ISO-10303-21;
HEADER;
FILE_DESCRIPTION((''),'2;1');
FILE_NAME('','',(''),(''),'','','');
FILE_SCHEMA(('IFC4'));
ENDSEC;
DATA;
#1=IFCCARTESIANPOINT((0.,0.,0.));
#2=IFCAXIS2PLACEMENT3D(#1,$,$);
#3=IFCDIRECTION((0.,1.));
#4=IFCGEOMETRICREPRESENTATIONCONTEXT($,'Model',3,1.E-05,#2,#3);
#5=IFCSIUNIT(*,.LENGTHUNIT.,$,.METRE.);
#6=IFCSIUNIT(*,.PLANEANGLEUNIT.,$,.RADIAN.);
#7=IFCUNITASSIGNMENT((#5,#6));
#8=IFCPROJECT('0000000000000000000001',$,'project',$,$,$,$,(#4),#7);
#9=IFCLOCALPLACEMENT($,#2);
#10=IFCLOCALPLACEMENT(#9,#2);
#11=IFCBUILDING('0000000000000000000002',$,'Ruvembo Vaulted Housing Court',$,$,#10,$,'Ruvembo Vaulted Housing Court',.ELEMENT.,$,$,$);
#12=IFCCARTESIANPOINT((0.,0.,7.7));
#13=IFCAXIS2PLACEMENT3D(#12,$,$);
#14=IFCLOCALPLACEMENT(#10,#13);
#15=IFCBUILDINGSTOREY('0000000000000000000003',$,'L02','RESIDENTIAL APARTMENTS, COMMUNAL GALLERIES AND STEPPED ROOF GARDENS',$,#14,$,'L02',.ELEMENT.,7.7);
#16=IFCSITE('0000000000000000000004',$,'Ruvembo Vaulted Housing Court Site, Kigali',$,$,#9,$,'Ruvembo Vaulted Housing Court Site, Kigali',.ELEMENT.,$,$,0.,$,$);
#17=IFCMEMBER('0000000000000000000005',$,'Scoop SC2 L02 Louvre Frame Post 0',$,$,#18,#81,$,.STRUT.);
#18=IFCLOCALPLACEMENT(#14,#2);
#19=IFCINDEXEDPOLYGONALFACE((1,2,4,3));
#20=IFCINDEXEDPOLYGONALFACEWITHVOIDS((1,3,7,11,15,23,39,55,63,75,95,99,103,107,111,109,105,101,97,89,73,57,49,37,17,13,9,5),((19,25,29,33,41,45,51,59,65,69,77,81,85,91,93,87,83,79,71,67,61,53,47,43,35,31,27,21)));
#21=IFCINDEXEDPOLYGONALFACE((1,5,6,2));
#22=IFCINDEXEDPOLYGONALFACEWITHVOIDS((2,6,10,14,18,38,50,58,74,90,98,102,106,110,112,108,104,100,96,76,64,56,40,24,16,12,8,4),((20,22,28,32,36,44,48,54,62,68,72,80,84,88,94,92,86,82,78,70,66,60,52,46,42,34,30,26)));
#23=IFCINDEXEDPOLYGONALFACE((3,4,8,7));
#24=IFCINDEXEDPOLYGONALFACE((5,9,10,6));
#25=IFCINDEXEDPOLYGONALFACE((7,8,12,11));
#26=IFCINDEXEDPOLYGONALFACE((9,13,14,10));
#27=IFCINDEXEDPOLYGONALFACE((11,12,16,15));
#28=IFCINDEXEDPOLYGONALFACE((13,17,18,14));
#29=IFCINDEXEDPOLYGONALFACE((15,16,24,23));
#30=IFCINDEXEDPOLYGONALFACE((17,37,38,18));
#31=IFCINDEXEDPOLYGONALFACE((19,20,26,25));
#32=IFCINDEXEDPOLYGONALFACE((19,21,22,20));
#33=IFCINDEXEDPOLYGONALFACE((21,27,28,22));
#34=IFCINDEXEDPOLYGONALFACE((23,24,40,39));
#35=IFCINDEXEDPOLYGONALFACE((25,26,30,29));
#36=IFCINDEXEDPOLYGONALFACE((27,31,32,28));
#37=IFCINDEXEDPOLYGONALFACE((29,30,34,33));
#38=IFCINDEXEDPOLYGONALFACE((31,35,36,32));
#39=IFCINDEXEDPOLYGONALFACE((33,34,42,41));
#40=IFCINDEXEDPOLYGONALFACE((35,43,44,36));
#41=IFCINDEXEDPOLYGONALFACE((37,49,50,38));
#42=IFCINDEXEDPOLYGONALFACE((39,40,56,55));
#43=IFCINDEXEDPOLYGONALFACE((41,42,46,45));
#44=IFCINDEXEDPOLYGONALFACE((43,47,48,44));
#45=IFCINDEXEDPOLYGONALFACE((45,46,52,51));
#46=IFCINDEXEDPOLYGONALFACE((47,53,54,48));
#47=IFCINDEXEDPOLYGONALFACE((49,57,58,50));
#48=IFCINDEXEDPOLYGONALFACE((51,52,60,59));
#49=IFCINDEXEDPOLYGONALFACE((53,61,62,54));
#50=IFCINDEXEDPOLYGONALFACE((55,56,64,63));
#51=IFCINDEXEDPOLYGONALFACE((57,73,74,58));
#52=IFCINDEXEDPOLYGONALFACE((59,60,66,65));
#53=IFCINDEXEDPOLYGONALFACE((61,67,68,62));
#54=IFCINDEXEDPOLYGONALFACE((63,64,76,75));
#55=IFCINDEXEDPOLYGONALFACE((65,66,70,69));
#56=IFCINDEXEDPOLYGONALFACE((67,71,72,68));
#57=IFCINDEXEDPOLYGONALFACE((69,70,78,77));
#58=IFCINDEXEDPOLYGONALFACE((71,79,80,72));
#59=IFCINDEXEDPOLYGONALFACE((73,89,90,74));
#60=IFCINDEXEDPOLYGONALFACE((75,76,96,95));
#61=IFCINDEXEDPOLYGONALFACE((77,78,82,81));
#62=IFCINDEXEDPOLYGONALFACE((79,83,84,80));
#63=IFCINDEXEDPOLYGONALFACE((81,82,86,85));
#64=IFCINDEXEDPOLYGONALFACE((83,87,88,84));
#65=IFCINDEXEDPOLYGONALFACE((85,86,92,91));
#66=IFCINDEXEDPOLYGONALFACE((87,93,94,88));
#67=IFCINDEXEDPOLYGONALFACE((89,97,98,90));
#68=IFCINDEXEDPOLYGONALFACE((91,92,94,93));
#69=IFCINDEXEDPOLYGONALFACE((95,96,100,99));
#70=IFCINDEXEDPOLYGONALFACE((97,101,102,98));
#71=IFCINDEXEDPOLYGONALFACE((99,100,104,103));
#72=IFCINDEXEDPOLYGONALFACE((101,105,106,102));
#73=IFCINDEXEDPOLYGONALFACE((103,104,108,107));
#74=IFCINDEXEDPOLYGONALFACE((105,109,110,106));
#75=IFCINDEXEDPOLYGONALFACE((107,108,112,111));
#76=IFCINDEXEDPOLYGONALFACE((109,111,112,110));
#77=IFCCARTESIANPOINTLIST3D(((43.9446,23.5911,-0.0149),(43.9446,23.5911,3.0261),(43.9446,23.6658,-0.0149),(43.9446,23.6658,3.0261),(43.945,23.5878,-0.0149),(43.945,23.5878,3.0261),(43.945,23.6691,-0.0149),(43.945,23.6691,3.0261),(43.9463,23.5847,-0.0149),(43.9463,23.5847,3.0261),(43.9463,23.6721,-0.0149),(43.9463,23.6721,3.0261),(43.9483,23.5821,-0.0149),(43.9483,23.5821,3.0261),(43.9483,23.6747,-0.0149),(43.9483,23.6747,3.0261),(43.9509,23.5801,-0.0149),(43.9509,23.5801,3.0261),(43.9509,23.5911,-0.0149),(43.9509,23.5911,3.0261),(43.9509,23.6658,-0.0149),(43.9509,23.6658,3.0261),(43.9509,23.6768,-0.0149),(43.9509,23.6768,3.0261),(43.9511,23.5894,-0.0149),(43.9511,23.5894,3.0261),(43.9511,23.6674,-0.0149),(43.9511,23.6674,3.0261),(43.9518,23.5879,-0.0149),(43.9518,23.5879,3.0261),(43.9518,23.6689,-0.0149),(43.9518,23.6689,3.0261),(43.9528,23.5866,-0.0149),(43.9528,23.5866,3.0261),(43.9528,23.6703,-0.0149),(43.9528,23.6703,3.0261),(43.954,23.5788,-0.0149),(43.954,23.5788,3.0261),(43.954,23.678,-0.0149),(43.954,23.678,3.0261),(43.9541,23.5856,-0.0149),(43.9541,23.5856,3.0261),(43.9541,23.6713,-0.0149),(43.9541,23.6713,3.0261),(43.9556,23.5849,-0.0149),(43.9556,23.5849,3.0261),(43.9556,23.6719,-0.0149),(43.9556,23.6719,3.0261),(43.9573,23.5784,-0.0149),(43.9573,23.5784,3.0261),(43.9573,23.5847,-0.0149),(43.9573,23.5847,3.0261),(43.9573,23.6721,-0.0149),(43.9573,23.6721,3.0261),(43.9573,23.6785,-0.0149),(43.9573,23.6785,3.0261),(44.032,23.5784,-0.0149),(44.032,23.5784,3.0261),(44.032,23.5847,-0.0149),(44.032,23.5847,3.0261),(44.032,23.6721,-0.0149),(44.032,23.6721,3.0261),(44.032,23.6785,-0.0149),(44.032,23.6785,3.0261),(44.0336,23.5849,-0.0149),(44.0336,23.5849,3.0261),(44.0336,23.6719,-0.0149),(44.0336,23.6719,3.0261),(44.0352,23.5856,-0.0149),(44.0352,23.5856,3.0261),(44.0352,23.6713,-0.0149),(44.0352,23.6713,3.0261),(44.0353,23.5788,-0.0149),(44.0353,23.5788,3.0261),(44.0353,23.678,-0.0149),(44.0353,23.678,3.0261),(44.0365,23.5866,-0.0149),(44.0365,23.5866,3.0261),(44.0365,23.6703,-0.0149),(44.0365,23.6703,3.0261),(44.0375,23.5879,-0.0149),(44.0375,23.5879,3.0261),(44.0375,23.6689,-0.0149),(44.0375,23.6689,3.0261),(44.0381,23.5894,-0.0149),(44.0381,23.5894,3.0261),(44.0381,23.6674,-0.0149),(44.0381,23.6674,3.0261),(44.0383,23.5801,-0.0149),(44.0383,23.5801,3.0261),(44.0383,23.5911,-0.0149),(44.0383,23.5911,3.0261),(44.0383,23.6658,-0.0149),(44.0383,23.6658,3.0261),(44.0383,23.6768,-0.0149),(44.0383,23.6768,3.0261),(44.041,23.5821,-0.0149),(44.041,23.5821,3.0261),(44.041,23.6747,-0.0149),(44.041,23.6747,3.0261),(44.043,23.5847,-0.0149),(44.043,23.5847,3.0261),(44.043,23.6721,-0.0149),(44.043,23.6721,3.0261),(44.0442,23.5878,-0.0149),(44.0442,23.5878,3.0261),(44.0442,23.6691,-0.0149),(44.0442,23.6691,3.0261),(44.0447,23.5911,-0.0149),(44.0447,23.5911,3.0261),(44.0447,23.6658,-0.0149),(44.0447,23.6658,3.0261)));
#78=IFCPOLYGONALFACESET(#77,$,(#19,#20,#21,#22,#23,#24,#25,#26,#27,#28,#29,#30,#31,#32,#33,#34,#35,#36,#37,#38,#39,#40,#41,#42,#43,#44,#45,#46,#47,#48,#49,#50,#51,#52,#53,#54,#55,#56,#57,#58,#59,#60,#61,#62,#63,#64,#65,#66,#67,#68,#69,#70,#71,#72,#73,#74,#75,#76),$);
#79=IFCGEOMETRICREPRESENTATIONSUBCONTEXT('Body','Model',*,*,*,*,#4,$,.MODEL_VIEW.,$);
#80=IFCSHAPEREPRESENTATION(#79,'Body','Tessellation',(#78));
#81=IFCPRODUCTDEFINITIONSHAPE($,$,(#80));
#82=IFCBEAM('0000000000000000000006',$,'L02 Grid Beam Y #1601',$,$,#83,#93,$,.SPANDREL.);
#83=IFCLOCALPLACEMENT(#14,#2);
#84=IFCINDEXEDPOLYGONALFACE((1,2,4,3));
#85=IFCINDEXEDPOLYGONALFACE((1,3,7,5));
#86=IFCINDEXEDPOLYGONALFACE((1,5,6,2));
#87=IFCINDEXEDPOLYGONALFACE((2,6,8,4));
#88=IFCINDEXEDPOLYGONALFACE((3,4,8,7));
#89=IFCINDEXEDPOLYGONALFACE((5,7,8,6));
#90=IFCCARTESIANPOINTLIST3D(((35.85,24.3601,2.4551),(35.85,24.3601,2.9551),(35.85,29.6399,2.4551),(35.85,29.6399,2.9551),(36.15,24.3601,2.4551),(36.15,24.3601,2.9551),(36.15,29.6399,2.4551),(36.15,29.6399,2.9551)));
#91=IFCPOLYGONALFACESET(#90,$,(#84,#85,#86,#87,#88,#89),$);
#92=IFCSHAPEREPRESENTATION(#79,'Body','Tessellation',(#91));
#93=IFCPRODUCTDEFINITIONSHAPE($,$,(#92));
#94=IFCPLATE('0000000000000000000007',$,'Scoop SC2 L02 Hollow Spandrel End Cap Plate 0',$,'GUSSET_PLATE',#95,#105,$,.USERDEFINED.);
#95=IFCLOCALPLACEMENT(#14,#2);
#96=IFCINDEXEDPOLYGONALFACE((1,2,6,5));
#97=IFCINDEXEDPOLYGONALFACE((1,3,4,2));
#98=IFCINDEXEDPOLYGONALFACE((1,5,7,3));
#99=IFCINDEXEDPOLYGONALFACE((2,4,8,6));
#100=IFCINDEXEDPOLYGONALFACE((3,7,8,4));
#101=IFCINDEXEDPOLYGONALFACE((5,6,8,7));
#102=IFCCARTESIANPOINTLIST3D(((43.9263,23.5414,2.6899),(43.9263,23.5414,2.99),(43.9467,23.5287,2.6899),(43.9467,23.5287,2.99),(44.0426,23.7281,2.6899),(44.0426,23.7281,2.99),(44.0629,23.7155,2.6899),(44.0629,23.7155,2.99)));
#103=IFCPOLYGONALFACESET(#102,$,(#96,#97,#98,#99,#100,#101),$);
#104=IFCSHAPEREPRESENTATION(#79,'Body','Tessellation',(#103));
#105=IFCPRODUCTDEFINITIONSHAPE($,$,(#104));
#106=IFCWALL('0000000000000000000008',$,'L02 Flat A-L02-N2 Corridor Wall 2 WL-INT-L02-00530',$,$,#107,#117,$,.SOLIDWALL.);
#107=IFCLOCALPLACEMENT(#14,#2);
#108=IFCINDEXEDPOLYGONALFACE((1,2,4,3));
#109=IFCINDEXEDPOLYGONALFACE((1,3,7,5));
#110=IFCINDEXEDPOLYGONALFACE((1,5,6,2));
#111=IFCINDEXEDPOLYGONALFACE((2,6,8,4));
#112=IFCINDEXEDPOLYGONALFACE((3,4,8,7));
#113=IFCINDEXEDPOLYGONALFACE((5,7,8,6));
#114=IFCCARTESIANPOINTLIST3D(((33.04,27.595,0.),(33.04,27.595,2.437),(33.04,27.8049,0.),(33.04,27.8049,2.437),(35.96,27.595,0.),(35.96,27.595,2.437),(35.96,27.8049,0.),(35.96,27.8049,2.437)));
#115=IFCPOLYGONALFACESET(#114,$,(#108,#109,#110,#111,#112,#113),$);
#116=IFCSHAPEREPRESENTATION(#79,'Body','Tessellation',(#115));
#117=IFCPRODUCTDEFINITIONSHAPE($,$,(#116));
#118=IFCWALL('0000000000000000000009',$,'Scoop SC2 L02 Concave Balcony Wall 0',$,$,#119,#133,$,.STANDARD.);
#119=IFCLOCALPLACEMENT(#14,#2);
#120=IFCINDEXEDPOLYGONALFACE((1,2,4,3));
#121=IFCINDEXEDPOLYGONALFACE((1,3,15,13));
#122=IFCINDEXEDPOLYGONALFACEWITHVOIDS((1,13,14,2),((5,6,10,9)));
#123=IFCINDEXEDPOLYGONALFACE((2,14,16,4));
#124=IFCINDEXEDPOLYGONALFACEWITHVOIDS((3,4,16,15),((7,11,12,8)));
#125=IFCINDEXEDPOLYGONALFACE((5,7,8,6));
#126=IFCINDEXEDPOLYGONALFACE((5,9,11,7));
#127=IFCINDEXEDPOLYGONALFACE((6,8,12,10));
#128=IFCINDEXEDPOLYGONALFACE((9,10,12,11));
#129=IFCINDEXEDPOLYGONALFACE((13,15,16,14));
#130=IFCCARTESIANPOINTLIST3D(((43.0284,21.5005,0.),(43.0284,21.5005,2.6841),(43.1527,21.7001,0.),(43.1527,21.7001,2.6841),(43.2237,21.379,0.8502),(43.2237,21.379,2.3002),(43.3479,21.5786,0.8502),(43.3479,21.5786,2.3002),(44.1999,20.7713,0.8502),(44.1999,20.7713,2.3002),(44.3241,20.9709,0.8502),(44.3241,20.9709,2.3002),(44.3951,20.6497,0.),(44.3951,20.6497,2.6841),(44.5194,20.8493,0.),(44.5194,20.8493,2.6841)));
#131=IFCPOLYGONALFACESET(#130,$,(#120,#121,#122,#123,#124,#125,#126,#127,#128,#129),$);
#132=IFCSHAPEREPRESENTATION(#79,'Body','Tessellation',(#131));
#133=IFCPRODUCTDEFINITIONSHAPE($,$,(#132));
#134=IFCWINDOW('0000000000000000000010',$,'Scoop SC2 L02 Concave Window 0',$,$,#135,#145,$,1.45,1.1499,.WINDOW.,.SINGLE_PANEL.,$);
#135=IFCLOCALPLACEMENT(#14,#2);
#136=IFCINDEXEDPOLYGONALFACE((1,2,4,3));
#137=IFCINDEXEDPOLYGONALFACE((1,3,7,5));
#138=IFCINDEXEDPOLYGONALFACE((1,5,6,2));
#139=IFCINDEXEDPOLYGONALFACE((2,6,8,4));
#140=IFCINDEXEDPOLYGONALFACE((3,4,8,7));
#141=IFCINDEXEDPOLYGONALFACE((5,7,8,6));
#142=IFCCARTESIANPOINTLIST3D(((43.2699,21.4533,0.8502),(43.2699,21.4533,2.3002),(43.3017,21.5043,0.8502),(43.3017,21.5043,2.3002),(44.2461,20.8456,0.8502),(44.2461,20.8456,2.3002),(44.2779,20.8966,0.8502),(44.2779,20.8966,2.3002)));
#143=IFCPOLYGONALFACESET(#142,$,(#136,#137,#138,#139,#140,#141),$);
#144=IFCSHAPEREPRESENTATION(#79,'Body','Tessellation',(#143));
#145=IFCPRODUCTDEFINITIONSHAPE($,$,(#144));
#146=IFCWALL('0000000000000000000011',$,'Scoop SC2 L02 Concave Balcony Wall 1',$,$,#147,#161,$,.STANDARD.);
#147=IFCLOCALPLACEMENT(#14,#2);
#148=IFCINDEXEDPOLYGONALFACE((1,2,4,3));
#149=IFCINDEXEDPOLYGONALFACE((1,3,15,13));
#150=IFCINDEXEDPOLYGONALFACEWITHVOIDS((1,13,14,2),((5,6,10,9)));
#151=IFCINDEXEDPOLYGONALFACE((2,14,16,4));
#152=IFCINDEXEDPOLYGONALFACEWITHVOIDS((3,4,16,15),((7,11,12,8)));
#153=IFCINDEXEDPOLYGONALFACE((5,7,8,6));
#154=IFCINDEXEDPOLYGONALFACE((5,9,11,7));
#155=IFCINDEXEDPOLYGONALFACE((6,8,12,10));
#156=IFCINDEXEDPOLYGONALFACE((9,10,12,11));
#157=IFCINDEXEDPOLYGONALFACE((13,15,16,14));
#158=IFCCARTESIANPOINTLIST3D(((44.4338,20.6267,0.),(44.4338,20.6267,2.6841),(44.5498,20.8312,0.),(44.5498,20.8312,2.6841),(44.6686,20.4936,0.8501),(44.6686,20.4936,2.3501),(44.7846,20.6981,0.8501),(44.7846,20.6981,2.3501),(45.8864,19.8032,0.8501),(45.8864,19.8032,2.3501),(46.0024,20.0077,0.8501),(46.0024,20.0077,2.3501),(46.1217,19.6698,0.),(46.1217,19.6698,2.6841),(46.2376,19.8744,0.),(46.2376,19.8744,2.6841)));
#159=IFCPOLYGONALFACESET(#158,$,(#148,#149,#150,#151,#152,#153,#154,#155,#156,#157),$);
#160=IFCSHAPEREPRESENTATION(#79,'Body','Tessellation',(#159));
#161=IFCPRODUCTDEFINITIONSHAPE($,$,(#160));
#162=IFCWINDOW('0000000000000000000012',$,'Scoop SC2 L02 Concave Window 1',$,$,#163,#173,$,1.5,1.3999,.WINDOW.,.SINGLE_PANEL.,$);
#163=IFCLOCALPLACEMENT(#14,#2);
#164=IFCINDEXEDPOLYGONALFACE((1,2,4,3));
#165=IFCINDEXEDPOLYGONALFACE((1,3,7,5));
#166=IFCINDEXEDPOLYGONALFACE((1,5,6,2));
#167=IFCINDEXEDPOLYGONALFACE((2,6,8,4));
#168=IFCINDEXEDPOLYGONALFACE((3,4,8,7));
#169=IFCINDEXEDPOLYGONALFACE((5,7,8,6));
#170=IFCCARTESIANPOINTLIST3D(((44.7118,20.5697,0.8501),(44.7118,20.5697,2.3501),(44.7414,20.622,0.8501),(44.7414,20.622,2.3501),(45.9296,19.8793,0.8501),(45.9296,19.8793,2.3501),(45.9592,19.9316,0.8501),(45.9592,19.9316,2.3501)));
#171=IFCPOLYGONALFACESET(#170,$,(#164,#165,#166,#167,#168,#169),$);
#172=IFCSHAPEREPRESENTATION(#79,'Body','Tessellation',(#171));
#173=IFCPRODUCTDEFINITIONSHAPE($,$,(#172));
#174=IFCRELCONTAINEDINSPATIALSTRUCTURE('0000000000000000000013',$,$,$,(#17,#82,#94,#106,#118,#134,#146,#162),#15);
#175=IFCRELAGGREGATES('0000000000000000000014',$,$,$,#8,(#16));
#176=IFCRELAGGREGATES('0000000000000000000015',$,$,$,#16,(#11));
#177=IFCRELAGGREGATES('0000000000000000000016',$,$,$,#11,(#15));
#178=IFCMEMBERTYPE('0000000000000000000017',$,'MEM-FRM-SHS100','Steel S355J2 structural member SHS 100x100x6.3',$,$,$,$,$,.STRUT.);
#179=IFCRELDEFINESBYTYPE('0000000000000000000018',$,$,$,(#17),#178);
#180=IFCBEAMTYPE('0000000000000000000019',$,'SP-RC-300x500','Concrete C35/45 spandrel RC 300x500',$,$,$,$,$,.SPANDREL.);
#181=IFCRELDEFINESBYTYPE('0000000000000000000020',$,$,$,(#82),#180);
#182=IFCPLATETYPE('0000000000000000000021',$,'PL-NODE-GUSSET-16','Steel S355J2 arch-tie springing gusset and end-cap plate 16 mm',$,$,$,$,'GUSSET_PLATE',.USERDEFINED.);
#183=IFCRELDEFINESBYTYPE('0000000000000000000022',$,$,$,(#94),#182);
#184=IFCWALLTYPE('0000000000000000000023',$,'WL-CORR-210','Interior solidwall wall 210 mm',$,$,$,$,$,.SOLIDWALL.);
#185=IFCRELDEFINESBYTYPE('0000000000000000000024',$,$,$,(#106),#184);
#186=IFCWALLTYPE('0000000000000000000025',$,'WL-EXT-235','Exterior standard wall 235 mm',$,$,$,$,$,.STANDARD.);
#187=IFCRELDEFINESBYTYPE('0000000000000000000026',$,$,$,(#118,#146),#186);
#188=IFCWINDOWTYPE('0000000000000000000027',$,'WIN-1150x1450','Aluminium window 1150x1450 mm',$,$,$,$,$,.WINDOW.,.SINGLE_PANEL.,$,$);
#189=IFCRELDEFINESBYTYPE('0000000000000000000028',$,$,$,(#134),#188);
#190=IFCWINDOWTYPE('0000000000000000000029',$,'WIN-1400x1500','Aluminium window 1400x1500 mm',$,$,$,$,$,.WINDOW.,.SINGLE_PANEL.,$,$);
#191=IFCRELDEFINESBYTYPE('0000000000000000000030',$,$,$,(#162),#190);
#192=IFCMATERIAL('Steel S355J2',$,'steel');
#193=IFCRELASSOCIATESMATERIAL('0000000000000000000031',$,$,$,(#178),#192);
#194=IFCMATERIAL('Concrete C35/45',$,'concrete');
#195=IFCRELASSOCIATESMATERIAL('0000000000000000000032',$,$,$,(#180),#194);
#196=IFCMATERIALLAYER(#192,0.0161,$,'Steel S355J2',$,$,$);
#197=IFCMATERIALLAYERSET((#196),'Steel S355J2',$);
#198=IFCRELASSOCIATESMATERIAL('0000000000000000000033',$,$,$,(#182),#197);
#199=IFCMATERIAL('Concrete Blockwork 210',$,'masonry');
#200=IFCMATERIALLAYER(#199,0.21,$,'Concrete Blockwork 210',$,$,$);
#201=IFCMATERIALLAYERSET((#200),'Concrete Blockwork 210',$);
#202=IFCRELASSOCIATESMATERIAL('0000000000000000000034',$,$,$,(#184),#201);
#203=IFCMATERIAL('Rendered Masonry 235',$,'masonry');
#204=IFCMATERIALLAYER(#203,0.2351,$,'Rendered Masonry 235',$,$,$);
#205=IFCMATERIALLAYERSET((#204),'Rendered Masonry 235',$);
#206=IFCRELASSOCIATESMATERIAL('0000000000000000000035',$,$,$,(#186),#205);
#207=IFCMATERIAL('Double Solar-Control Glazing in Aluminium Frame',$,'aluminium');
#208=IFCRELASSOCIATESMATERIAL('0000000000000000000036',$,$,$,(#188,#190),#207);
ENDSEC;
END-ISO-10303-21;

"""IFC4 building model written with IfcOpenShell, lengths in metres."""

from ifc_helpers import new_model, si_unit, direction, frame, frame_2d, origin, origin_2d, place, context, subcontext, project, spatial, rectangle, hollow_rectangle, extrude, material, layer, layer_set, material_profile, profile_set, type_object, element, fill, save


model = new_model("IFC4")

# Units and contexts
model_context = context("Model", 3, precision=1e-05, world=origin(), true_north=direction((0.0, 1.0)))
body_context = subcontext(model_context, "Body", "Model", "MODEL_VIEW")
ifc_project = project(units=[si_unit("LENGTHUNIT", "METRE"), si_unit("PLANEANGLEUNIT", "RADIAN")], contexts=[model_context])

# Site, building, storey
site_placement = place(None, origin())
site = spatial("IfcSite", under=ifc_project, at=site_placement, Name="Ruvembo Vaulted Housing Court Site, Kigali", LongName="Ruvembo Vaulted Housing Court Site, Kigali", CompositionType="ELEMENT", RefElevation=0.0)
building_placement = place(site_placement, origin())
building = spatial("IfcBuilding", under=site, at=building_placement, Name="Ruvembo Vaulted Housing Court", LongName="Ruvembo Vaulted Housing Court", CompositionType="ELEMENT")
storey_placement = place(building_placement, frame((0.0, 0.0, 7.7)))
storey = spatial("IfcBuildingStorey", under=building, at=storey_placement, Name="L02", Description="RESIDENTIAL APARTMENTS, COMMUNAL GALLERIES AND STEPPED ROOF GARDENS", LongName="L02", CompositionType="ELEMENT", Elevation=7.7)

# Shared definitions
ifc_material_1 = material(Name="Concrete C35/45", Category="concrete")
ifc_material_2 = material(Name="Steel S355J2", Category="steel")

# Member
ifc_material_profile_1 = material_profile(ifc_material_2, hollow_rectangle(XDim=0.1001, YDim=0.1001, WallThickness=0.0063, InnerFilletRadius=0.0063, OuterFilletRadius=0.0127, at=origin_2d()), Name="SHS 100x100x6.3")
ifc_profile_set_1 = profile_set([ifc_material_profile_1], Name="Steel S355J2")
member_type_1 = type_object("IfcMemberType", Name="MEM-FRM-SHS100", Description="Steel S355J2 structural member SHS 100x100x6.3", PredefinedType="STRUT", material=ifc_profile_set_1)
member_1_placement = place(storey_placement, frame((43.9946, 23.6284, -0.0149), z_axis=(0.0, 0.0, 1.0), x_axis=(1.0, 0.0, 0.0)))
element("IfcMember", 1, at=member_1_placement, inside=storey, type_object=member_type_1, Name="Scoop SC2 L02 Louvre Frame Post 0", PredefinedType="STRUT", context=body_context, shape_type="SweptSolid", body=[
    extrude(hollow_rectangle(XDim=0.1001, YDim=0.1001, WallThickness=0.0063, InnerFilletRadius=0.0063, OuterFilletRadius=0.0127, at=origin_2d()), origin(), (0.0, 0.0, 1.0), 3.041),
])

# Beam
ifc_material_profile_2 = material_profile(ifc_material_1, rectangle(XDim=0.3, YDim=0.5, at=origin_2d()), Name="RC 300x500")
ifc_profile_set_2 = profile_set([ifc_material_profile_2], Name="Concrete C35/45")
beam_type_1 = type_object("IfcBeamType", Name="SP-RC-300x500", Description="Concrete C35/45 spandrel RC 300x500", PredefinedType="SPANDREL", material=ifc_profile_set_2)
beam_1_placement = place(storey_placement, frame((36.0, 24.3601, 2.7051), z_axis=(0.0, 1.0, 0.0), x_axis=(-1.0, 0.0, 0.0)))
element("IfcBeam", 2, at=beam_1_placement, inside=storey, type_object=beam_type_1, Name="L02 Grid Beam Y #1601", PredefinedType="SPANDREL", context=body_context, shape_type="SweptSolid", body=[
    extrude(rectangle(XDim=0.3, YDim=0.5, at=origin_2d()), origin(), (0.0, 0.0, 1.0), 5.2798),
])

# Plate
ifc_layer_1 = layer(ifc_material_2, 0.0161, Name="Steel S355J2")
ifc_layer_set_1 = layer_set([ifc_layer_1], Name="Steel S355J2")
plate_type = type_object("IfcPlateType", Name="PL-NODE-GUSSET-16", Description="Steel S355J2 arch-tie springing gusset and end-cap plate 16 mm", ElementType="GUSSET_PLATE", PredefinedType="USERDEFINED", material=ifc_layer_set_1)
plate_placement = place(storey_placement, frame((43.9946, 23.6284, 2.6899), z_axis=(0.0, 0.0, 1.0), x_axis=(0.848898, -0.528557, 0.0)))
element("IfcPlate", 3, at=plate_placement, inside=storey, type_object=plate_type, Name="Scoop SC2 L02 Hollow Spandrel End Cap Plate 0", ObjectType="GUSSET_PLATE", PredefinedType="USERDEFINED", context=body_context, shape_type="SweptSolid", body=[
    extrude(rectangle(XDim=0.0239, YDim=0.22, at=origin_2d()), origin(), (0.0, 0.0, 1.0), 0.3),
])

# Wall
ifc_material_3 = material(Name="Concrete Blockwork 210", Category="masonry")
ifc_layer_2 = layer(ifc_material_3, 0.21, Name="Concrete Blockwork 210")
ifc_layer_set_2 = layer_set([ifc_layer_2], Name="Concrete Blockwork 210")
wall_type_1 = type_object("IfcWallType", Name="WL-CORR-210", Description="Interior solidwall wall 210 mm", PredefinedType="SOLIDWALL", material=ifc_layer_set_2)
wall_1_placement = place(storey_placement, frame((33.04, 27.7, 0.0), z_axis=(0.0, 0.0, 1.0), x_axis=(1.0, 0.0, 0.0)))
element("IfcWall", 4, at=wall_1_placement, inside=storey, type_object=wall_type_1, Name="L02 Flat A-L02-N2 Corridor Wall 2 WL-INT-L02-00530", PredefinedType="SOLIDWALL", context=body_context, shape_type="SweptSolid", body=[
    extrude(rectangle(XDim=2.9199, YDim=0.21, at=frame_2d((1.46, 0.0))), origin(), (0.0, 0.0, 1.0), 2.437),
])

# Walls, openings, windows
ifc_material_4 = material(Name="Rendered Masonry 235", Category="masonry")
ifc_layer_3 = layer(ifc_material_4, 0.2351, Name="Rendered Masonry 235")
ifc_layer_set_3 = layer_set([ifc_layer_3], Name="Rendered Masonry 235")
wall_type_2 = type_object("IfcWallType", Name="WL-EXT-235", Description="Exterior standard wall 235 mm", PredefinedType="STANDARD", material=ifc_layer_set_3)
wall_2_placement = place(storey_placement, frame((43.0906, 21.6003, 0.0), z_axis=(0.0, 0.0, 1.0), x_axis=(0.848934, -0.528499, 0.0)))
wall_2 = element("IfcWall", 5, at=wall_2_placement, inside=storey, type_object=wall_type_2, Name="Scoop SC2 L02 Concave Balcony Wall 0", PredefinedType="STANDARD", context=body_context, shape_type="SweptSolid", body=[
    extrude(rectangle(XDim=1.6099, YDim=0.2351, at=frame_2d((0.8049, 0.0))), origin(), (0.0, 0.0, 1.0), 2.6841),
])
opening_1_placement = place(wall_2_placement, frame((0.23, 0.0, 0.8501)))
opening_1 = element("IfcOpeningElement", 6, at=opening_1_placement, cuts=wall_2, PredefinedType="OPENING", context=body_context, shape_type="SweptSolid", body=[
    extrude(rectangle(XDim=1.1499, YDim=1.45, at=frame_2d((0.575, 0.7251))), frame((0.0, 0.1274, 0.0), z_axis=(0.0, -1.0, 0.0), x_axis=(1.0, 0.0, 0.0)), (0.0, 0.0, 1.0), 0.2551),
])
ifc_material_5 = material(Name="Double Solar-Control Glazing in Aluminium Frame", Category="aluminium")
window_type_1 = type_object("IfcWindowType", Name="WIN-1150x1450", Description="Aluminium window 1150x1450 mm", PartitioningType="SINGLE_PANEL", PredefinedType="WINDOW", material=ifc_material_5)
window_1_placement = place(opening_1_placement, origin())
window_1 = element("IfcWindow", 7, at=window_1_placement, inside=storey, type_object=window_type_1, Name="Scoop SC2 L02 Concave Window 0", OverallHeight=1.45, OverallWidth=1.1499, PartitioningType="SINGLE_PANEL", PredefinedType="WINDOW", context=body_context, shape_type="SweptSolid", body=[
    extrude(rectangle(XDim=1.1499, YDim=1.45, at=frame_2d((0.575, 0.7251))), frame((0.0, 0.03, 0.0), z_axis=(0.0, -1.0, 0.0), x_axis=(1.0, 0.0, 0.0)), (0.0, 0.0, 1.0), 0.0601),
])
fill(opening_1, window_1)
wall_3_placement = place(storey_placement, frame((44.4917, 20.729, 0.0), z_axis=(0.0, 0.0, 1.0), x_axis=(0.869934, -0.493168, 0.0)))
wall_3 = element("IfcWall", 8, at=wall_3_placement, inside=storey, type_object=wall_type_2, Name="Scoop SC2 L02 Concave Balcony Wall 1", PredefinedType="STANDARD", context=body_context, shape_type="SweptSolid", body=[
    extrude(rectangle(XDim=1.9402, YDim=0.2351, at=frame_2d((0.9702, 0.0))), origin(), (0.0, 0.0, 1.0), 2.6841),
])
opening_2_placement = place(wall_3_placement, frame((0.27, 0.0, 0.8501)))
opening_2 = element("IfcOpeningElement", 9, at=opening_2_placement, cuts=wall_3, PredefinedType="OPENING", context=body_context, shape_type="SweptSolid", body=[
    extrude(rectangle(XDim=1.3999, YDim=1.5, at=frame_2d((0.7, 0.75))), frame((0.0, 0.1274, 0.0), z_axis=(0.0, -1.0, 0.0), x_axis=(1.0, 0.0, 0.0)), (0.0, 0.0, 1.0), 0.2551),
])
window_type_2 = type_object("IfcWindowType", Name="WIN-1400x1500", Description="Aluminium window 1400x1500 mm", PartitioningType="SINGLE_PANEL", PredefinedType="WINDOW", material=ifc_material_5)
window_2_placement = place(opening_2_placement, origin())
window_2 = element("IfcWindow", 10, at=window_2_placement, inside=storey, type_object=window_type_2, Name="Scoop SC2 L02 Concave Window 1", OverallHeight=1.5, OverallWidth=1.3999, PartitioningType="SINGLE_PANEL", PredefinedType="WINDOW", context=body_context, shape_type="SweptSolid", body=[
    extrude(rectangle(XDim=1.3999, YDim=1.5, at=frame_2d((0.7, 0.75))), frame((0.0, 0.03, 0.0), z_axis=(0.0, -1.0, 0.0), x_axis=(1.0, 0.0, 0.0)), (0.0, 0.0, 1.0), 0.0601),
])
fill(opening_2, window_2)

save(model, "model.ifc")
